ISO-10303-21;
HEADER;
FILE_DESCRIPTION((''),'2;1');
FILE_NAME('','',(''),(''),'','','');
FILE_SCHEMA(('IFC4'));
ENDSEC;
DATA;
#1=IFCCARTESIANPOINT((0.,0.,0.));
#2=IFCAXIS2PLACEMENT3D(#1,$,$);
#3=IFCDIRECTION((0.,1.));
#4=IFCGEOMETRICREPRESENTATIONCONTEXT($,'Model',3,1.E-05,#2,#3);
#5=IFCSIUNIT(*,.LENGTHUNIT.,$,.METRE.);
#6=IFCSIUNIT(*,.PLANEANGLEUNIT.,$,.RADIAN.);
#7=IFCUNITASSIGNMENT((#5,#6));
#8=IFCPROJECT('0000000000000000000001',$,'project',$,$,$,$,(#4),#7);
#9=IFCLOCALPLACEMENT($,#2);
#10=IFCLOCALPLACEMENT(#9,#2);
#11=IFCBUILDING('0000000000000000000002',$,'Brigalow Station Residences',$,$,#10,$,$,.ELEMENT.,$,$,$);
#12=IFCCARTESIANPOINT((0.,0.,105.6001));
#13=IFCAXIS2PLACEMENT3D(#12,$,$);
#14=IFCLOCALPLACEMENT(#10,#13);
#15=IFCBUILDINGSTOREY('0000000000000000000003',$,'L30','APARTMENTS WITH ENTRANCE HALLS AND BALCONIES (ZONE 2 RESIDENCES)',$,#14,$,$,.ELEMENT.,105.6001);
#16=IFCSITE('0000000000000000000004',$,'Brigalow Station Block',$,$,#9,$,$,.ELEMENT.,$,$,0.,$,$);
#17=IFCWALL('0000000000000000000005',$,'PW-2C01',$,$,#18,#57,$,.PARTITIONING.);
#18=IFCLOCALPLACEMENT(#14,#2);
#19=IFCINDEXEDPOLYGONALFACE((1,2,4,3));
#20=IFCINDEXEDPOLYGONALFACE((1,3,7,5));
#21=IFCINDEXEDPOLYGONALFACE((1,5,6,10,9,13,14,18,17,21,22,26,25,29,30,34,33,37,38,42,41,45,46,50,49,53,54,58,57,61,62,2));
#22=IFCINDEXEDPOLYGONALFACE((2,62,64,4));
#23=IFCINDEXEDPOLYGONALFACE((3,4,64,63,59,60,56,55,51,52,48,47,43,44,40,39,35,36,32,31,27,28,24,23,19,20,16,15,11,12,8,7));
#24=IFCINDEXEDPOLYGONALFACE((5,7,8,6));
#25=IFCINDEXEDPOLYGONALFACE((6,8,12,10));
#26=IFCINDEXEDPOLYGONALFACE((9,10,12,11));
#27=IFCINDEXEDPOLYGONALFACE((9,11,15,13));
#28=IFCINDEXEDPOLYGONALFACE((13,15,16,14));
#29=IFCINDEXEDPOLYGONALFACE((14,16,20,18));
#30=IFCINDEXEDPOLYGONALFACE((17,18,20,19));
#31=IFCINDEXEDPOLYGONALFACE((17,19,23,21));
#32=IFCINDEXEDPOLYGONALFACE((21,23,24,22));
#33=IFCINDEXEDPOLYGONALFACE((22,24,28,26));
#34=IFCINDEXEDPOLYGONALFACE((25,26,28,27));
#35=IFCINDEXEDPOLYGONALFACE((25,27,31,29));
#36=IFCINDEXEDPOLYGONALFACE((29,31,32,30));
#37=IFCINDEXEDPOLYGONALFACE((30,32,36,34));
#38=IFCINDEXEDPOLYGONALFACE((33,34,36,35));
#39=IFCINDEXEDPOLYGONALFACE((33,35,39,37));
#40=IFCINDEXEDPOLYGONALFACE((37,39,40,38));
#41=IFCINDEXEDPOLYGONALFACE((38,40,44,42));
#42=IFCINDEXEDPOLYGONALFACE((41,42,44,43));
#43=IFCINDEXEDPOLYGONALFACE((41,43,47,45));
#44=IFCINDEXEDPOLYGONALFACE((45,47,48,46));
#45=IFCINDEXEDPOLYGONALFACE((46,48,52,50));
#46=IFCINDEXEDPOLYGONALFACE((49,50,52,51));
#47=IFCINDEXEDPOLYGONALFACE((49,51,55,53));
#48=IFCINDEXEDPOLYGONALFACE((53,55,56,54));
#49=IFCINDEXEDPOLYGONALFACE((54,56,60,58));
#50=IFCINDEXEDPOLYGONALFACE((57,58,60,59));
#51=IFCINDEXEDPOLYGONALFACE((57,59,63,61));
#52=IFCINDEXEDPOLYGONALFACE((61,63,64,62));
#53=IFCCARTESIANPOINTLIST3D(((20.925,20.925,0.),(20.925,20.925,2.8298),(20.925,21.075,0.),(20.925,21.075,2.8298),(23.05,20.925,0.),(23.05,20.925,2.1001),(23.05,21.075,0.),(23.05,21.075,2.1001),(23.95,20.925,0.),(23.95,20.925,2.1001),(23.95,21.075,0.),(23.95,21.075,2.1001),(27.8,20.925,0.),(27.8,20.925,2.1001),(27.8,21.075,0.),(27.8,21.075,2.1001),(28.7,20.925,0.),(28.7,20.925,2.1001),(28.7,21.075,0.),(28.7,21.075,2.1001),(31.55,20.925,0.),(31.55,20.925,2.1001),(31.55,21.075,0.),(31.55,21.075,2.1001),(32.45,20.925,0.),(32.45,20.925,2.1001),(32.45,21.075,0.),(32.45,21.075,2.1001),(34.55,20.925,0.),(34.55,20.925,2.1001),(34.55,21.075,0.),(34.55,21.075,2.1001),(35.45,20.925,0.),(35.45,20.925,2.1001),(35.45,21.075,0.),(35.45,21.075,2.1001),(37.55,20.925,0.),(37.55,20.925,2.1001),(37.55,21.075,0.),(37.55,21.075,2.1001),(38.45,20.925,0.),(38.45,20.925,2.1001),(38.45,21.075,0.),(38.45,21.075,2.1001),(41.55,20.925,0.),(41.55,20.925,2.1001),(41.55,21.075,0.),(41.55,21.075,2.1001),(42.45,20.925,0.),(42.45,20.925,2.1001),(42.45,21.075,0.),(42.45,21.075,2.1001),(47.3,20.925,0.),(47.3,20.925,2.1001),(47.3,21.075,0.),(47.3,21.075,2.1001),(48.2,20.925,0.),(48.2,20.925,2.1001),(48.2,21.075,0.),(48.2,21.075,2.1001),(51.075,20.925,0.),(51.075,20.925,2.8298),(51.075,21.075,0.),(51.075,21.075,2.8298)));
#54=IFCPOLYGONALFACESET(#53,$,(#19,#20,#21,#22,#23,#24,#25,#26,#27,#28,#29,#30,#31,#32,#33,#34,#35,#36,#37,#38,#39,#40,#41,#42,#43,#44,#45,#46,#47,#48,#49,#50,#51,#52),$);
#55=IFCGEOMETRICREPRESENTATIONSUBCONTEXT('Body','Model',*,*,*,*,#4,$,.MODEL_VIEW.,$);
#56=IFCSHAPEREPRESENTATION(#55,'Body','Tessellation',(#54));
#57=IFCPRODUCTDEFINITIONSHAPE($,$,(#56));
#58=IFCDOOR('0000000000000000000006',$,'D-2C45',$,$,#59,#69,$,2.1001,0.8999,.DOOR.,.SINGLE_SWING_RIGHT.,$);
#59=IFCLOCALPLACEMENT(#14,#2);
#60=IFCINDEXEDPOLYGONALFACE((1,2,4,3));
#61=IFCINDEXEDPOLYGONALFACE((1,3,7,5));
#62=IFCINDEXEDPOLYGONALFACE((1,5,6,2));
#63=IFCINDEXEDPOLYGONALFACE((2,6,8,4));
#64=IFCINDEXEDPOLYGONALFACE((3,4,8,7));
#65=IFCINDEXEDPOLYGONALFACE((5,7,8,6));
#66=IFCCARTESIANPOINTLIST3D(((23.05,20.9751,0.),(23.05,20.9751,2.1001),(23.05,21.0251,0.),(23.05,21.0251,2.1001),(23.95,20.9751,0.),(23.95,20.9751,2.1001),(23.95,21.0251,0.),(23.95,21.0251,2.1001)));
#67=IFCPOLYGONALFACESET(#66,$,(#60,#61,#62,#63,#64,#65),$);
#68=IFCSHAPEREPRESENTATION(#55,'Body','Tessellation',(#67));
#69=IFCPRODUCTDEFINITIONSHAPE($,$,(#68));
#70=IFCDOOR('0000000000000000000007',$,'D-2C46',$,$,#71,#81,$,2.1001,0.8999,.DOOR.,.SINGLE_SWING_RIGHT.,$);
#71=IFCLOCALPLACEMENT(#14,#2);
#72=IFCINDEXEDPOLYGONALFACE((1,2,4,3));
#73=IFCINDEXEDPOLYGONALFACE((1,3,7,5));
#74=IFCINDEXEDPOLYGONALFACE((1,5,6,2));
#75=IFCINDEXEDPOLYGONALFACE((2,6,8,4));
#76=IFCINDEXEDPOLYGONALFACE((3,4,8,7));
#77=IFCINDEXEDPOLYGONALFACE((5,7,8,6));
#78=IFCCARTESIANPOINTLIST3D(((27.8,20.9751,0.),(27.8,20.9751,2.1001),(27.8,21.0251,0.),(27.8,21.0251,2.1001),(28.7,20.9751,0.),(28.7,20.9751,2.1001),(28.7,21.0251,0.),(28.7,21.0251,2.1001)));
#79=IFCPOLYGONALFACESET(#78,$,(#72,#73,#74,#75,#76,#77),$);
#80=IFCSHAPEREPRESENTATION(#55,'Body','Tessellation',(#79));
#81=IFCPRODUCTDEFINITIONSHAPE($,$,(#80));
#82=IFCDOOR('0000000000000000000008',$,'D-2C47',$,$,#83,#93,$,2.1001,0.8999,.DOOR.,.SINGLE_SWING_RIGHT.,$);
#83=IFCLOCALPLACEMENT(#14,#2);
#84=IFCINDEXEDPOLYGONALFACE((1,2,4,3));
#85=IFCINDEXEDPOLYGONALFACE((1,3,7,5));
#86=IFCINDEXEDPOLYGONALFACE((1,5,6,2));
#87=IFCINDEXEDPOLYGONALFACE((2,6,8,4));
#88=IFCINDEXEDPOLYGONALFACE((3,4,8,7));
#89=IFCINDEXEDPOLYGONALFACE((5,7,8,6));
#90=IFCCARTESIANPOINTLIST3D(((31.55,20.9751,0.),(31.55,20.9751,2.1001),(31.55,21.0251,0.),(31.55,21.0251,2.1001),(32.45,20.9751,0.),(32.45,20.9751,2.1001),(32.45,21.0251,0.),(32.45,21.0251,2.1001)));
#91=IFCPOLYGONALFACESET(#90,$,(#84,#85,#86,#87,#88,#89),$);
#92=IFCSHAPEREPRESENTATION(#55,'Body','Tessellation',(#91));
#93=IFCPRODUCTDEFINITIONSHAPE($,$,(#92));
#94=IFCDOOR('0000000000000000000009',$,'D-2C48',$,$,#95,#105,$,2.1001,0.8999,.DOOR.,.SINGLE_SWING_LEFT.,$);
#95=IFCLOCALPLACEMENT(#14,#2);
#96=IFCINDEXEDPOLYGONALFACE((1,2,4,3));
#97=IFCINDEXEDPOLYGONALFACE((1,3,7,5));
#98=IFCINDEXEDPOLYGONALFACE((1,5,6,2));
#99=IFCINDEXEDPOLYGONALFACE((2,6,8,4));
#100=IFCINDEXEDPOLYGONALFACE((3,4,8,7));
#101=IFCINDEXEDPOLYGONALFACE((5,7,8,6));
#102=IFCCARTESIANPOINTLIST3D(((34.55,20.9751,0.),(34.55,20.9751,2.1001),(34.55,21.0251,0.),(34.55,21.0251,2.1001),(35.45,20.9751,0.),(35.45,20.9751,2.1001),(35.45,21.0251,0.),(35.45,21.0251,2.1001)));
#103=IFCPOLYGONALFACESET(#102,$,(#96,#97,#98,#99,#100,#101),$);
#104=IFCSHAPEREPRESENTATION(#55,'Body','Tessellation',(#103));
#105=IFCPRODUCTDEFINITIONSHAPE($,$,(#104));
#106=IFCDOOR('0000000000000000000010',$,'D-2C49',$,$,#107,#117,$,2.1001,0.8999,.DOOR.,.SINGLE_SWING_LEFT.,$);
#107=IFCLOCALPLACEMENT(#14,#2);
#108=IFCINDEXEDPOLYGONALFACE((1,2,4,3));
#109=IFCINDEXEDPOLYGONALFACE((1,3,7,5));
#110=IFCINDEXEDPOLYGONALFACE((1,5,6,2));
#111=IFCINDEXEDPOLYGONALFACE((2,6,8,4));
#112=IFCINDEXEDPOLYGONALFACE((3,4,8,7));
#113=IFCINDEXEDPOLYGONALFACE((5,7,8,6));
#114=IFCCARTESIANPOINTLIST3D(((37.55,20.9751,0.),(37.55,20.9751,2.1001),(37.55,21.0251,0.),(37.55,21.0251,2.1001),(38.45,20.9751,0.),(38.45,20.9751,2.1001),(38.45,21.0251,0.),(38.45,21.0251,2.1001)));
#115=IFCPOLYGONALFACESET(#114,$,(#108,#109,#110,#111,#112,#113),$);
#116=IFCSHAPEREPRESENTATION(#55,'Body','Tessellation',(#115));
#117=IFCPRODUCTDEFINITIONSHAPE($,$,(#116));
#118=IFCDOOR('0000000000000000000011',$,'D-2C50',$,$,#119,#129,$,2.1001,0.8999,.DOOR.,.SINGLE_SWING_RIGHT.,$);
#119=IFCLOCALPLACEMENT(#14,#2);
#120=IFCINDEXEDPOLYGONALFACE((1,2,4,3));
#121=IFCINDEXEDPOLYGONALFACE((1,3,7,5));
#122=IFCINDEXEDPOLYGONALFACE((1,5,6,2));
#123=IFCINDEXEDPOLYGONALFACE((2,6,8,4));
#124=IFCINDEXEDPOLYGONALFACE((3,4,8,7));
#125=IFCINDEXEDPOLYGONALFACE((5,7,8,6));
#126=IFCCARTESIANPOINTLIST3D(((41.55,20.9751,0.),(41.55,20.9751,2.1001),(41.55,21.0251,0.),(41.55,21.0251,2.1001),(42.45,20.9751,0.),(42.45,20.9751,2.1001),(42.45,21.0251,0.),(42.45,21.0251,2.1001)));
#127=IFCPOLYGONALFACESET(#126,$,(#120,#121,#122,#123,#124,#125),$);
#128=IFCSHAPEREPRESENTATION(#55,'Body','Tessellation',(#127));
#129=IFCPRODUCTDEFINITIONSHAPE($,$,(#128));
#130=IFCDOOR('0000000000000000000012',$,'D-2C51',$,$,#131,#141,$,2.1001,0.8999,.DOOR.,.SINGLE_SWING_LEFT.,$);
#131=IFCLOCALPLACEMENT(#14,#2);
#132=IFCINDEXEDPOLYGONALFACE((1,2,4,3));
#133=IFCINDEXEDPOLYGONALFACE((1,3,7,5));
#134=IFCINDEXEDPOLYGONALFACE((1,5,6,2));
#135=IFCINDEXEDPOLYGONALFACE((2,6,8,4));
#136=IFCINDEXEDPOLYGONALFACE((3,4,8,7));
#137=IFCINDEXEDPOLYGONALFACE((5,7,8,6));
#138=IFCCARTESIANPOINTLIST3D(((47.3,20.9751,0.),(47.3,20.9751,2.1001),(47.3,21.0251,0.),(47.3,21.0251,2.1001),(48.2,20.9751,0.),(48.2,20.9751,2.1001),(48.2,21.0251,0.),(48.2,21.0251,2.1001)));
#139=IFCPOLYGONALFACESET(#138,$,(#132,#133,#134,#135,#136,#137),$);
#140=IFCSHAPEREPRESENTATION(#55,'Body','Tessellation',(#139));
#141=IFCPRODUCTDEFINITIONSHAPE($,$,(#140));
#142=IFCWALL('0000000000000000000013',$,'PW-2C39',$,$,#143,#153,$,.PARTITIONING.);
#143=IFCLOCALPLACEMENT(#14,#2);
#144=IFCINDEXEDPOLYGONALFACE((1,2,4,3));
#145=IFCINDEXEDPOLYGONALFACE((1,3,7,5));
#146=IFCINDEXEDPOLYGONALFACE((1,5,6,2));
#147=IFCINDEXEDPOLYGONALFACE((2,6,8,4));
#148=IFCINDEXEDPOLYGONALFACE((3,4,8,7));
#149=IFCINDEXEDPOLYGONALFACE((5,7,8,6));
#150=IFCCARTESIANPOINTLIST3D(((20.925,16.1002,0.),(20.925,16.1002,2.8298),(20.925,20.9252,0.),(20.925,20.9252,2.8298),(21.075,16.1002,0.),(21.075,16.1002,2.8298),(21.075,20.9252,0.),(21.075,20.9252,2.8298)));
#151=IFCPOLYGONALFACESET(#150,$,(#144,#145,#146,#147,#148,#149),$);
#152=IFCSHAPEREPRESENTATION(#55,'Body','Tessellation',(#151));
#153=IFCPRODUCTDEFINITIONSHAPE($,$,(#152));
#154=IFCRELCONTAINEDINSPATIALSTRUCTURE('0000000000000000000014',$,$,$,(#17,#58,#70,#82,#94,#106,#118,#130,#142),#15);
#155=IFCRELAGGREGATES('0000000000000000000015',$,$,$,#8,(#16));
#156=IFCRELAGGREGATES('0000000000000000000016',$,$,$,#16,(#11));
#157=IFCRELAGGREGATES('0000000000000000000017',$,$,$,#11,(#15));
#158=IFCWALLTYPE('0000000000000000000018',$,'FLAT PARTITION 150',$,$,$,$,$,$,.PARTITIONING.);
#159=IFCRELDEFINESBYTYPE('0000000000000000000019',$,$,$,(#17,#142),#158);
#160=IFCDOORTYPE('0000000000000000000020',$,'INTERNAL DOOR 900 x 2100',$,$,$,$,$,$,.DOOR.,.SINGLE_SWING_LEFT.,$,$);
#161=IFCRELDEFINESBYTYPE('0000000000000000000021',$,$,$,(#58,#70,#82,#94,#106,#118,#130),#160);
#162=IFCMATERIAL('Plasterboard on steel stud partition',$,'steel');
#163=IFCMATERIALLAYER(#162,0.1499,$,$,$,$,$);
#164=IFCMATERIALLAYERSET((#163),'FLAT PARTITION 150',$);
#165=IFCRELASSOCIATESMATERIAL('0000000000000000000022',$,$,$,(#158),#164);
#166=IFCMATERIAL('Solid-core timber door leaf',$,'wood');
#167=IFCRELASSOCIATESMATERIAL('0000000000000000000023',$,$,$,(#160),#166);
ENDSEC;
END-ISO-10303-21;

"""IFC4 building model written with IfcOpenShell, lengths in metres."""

from ifc_helpers import new_model, si_unit, direction, frame, frame_2d, origin, place, context, subcontext, project, spatial, rectangle, extrude, material, layer, layer_set, type_object, element, fill, save


model = new_model("IFC4")

# Units and contexts
model_context = context("Model", 3, precision=1e-05, world=origin(), true_north=direction((0.0, 1.0)))
body_context = subcontext(model_context, "Body", "Model", "MODEL_VIEW")
ifc_project = project(units=[si_unit("LENGTHUNIT", "METRE"), si_unit("PLANEANGLEUNIT", "RADIAN")], contexts=[model_context])

# Site, building, storey
site_placement = place(None, origin())
site = spatial("IfcSite", under=ifc_project, at=site_placement, Name="Brigalow Station Block", CompositionType="ELEMENT", RefElevation=0.0)
building_placement = place(site_placement, origin())
building = spatial("IfcBuilding", under=site, at=building_placement, Name="Brigalow Station Residences", CompositionType="ELEMENT")
storey_placement = place(building_placement, frame((0.0, 0.0, 105.6001)))
storey = spatial("IfcBuildingStorey", under=building, at=storey_placement, Name="L30", Description="APARTMENTS WITH ENTRANCE HALLS AND BALCONIES (ZONE 2 RESIDENCES)", CompositionType="ELEMENT", Elevation=105.6001)

# Wall, openings, doors
ifc_material_1 = material(Name="Plasterboard on steel stud partition", Category="steel")
ifc_layer_1 = layer(ifc_material_1, 0.1499)
ifc_layer_set_1 = layer_set([ifc_layer_1], Name="FLAT PARTITION 150")
wall_type_1 = type_object("IfcWallType", Name="FLAT PARTITION 150", PredefinedType="PARTITIONING", material=ifc_layer_set_1)
wall_1_placement = place(storey_placement, frame((20.925, 21.0, 0.0), z_axis=(0.0, 0.0, 1.0), x_axis=(1.0, 0.0, 0.0)))
wall_1 = element("IfcWall", 1, at=wall_1_placement, inside=storey, type_object=wall_type_1, Name="PW-2C01", PredefinedType="PARTITIONING", context=body_context, shape_type="SweptSolid", body=[
    extrude(rectangle(XDim=30.1499, YDim=0.1499, at=frame_2d((15.075, 0.0))), origin(), (0.0, 0.0, 1.0), 2.8298),
])
opening_1_placement = place(wall_1_placement, frame((2.125, 0.0, 0.0)))
opening_1 = element("IfcOpeningElement", 2, at=opening_1_placement, cuts=wall_1, PredefinedType="OPENING", context=body_context, shape_type="SweptSolid", body=[
    extrude(rectangle(XDim=0.8999, YDim=2.1001, at=frame_2d((0.45, 1.05))), frame((0.0, 0.085, 0.0), z_axis=(0.0, -1.0, 0.0), x_axis=(1.0, 0.0, 0.0)), (0.0, 0.0, 1.0), 0.1699),
])
opening_2_placement = place(wall_1_placement, frame((6.875, 0.0, 0.0)))
opening_2 = element("IfcOpeningElement", 3, at=opening_2_placement, cuts=wall_1, PredefinedType="OPENING", context=body_context, shape_type="SweptSolid", body=[
    extrude(rectangle(XDim=0.8999, YDim=2.1001, at=frame_2d((0.45, 1.05))), frame((0.0, 0.085, 0.0), z_axis=(0.0, -1.0, 0.0), x_axis=(1.0, 0.0, 0.0)), (0.0, 0.0, 1.0), 0.1699),
])
opening_3_placement = place(wall_1_placement, frame((10.625, 0.0, 0.0)))
opening_3 = element("IfcOpeningElement", 4, at=opening_3_placement, cuts=wall_1, PredefinedType="OPENING", context=body_context, shape_type="SweptSolid", body=[
    extrude(rectangle(XDim=0.8999, YDim=2.1001, at=frame_2d((0.45, 1.05))), frame((0.0, 0.085, 0.0), z_axis=(0.0, -1.0, 0.0), x_axis=(1.0, 0.0, 0.0)), (0.0, 0.0, 1.0), 0.1699),
])
opening_4_placement = place(wall_1_placement, frame((13.625, 0.0, 0.0)))
opening_4 = element("IfcOpeningElement", 5, at=opening_4_placement, cuts=wall_1, PredefinedType="OPENING", context=body_context, shape_type="SweptSolid", body=[
    extrude(rectangle(XDim=0.8999, YDim=2.1001, at=frame_2d((0.45, 1.05))), frame((0.0, 0.085, 0.0), z_axis=(0.0, -1.0, 0.0), x_axis=(1.0, 0.0, 0.0)), (0.0, 0.0, 1.0), 0.1699),
])
opening_5_placement = place(wall_1_placement, frame((16.625, 0.0, 0.0)))
opening_5 = element("IfcOpeningElement", 6, at=opening_5_placement, cuts=wall_1, PredefinedType="OPENING", context=body_context, shape_type="SweptSolid", body=[
    extrude(rectangle(XDim=0.8999, YDim=2.1001, at=frame_2d((0.45, 1.05))), frame((0.0, 0.085, 0.0), z_axis=(0.0, -1.0, 0.0), x_axis=(1.0, 0.0, 0.0)), (0.0, 0.0, 1.0), 0.1699),
])
opening_6_placement = place(wall_1_placement, frame((20.625, 0.0, 0.0)))
opening_6 = element("IfcOpeningElement", 7, at=opening_6_placement, cuts=wall_1, PredefinedType="OPENING", context=body_context, shape_type="SweptSolid", body=[
    extrude(rectangle(XDim=0.8999, YDim=2.1001, at=frame_2d((0.45, 1.05))), frame((0.0, 0.085, 0.0), z_axis=(0.0, -1.0, 0.0), x_axis=(1.0, 0.0, 0.0)), (0.0, 0.0, 1.0), 0.1699),
])
opening_7_placement = place(wall_1_placement, frame((26.375, 0.0, 0.0)))
opening_7 = element("IfcOpeningElement", 8, at=opening_7_placement, cuts=wall_1, PredefinedType="OPENING", context=body_context, shape_type="SweptSolid", body=[
    extrude(rectangle(XDim=0.8999, YDim=2.1001, at=frame_2d((0.45, 1.05))), frame((0.0, 0.085, 0.0), z_axis=(0.0, -1.0, 0.0), x_axis=(1.0, 0.0, 0.0)), (0.0, 0.0, 1.0), 0.1699),
])
ifc_material_2 = material(Name="Solid-core timber door leaf", Category="wood")
door_type_1 = type_object("IfcDoorType", Name="INTERNAL DOOR 900 x 2100", OperationType="SINGLE_SWING_LEFT", PredefinedType="DOOR", material=ifc_material_2)
door_1_placement = place(opening_1_placement, frame((0.8999, 0.0, 0.0), z_axis=(0.0, 0.0, 1.0), x_axis=(-1.0, 0.0, 0.0)))
door_1 = element("IfcDoor", 9, at=door_1_placement, inside=storey, type_object=door_type_1, Name="D-2C45", OperationType="SINGLE_SWING_RIGHT", OverallHeight=2.1001, OverallWidth=0.8999, PredefinedType="DOOR", context=body_context, shape_type="SweptSolid", body=[
    extrude(rectangle(XDim=0.8999, YDim=2.1001, at=frame_2d((0.45, 1.05))), frame((0.0, 0.0249, 0.0), z_axis=(0.0, -1.0, 0.0), x_axis=(1.0, 0.0, 0.0)), (0.0, 0.0, 1.0), 0.05),
])
fill(opening_1, door_1)
door_2_placement = place(opening_2_placement, frame((0.8999, 0.0, 0.0), z_axis=(0.0, 0.0, 1.0), x_axis=(-1.0, 0.0, 0.0)))
door_2 = element("IfcDoor", 10, at=door_2_placement, inside=storey, type_object=door_type_1, Name="D-2C46", OperationType="SINGLE_SWING_RIGHT", OverallHeight=2.1001, OverallWidth=0.8999, PredefinedType="DOOR", context=body_context, shape_type="SweptSolid", body=[
    extrude(rectangle(XDim=0.8999, YDim=2.1001, at=frame_2d((0.45, 1.05))), frame((0.0, 0.0249, 0.0), z_axis=(0.0, -1.0, 0.0), x_axis=(1.0, 0.0, 0.0)), (0.0, 0.0, 1.0), 0.05),
])
fill(opening_2, door_2)
door_3_placement = place(opening_3_placement, frame((0.8999, 0.0, 0.0), z_axis=(0.0, 0.0, 1.0), x_axis=(-1.0, 0.0, 0.0)))
door_3 = element("IfcDoor", 11, at=door_3_placement, inside=storey, type_object=door_type_1, Name="D-2C47", OperationType="SINGLE_SWING_RIGHT", OverallHeight=2.1001, OverallWidth=0.8999, PredefinedType="DOOR", context=body_context, shape_type="SweptSolid", body=[
    extrude(rectangle(XDim=0.8999, YDim=2.1001, at=frame_2d((0.45, 1.05))), frame((0.0, 0.0249, 0.0), z_axis=(0.0, -1.0, 0.0), x_axis=(1.0, 0.0, 0.0)), (0.0, 0.0, 1.0), 0.05),
])
fill(opening_3, door_3)
door_4_placement = place(opening_4_placement, frame((0.8999, 0.0, 0.0), z_axis=(0.0, 0.0, 1.0), x_axis=(-1.0, 0.0, 0.0)))
door_4 = element("IfcDoor", 12, at=door_4_placement, inside=storey, type_object=door_type_1, Name="D-2C48", OperationType="SINGLE_SWING_LEFT", OverallHeight=2.1001, OverallWidth=0.8999, PredefinedType="DOOR", context=body_context, shape_type="SweptSolid", body=[
    extrude(rectangle(XDim=0.8999, YDim=2.1001, at=frame_2d((0.45, 1.05))), frame((0.0, 0.0249, 0.0), z_axis=(0.0, -1.0, 0.0), x_axis=(1.0, 0.0, 0.0)), (0.0, 0.0, 1.0), 0.05),
])
fill(opening_4, door_4)
door_5_placement = place(opening_5_placement, frame((0.8999, 0.0, 0.0), z_axis=(0.0, 0.0, 1.0), x_axis=(-1.0, 0.0, 0.0)))
door_5 = element("IfcDoor", 13, at=door_5_placement, inside=storey, type_object=door_type_1, Name="D-2C49", OperationType="SINGLE_SWING_LEFT", OverallHeight=2.1001, OverallWidth=0.8999, PredefinedType="DOOR", context=body_context, shape_type="SweptSolid", body=[
    extrude(rectangle(XDim=0.8999, YDim=2.1001, at=frame_2d((0.45, 1.05))), frame((0.0, 0.0249, 0.0), z_axis=(0.0, -1.0, 0.0), x_axis=(1.0, 0.0, 0.0)), (0.0, 0.0, 1.0), 0.05),
])
fill(opening_5, door_5)
door_6_placement = place(opening_6_placement, frame((0.8999, 0.0, 0.0), z_axis=(0.0, 0.0, 1.0), x_axis=(-1.0, 0.0, 0.0)))
door_6 = element("IfcDoor", 14, at=door_6_placement, inside=storey, type_object=door_type_1, Name="D-2C50", OperationType="SINGLE_SWING_RIGHT", OverallHeight=2.1001, OverallWidth=0.8999, PredefinedType="DOOR", context=body_context, shape_type="SweptSolid", body=[
    extrude(rectangle(XDim=0.8999, YDim=2.1001, at=frame_2d((0.45, 1.05))), frame((0.0, 0.0249, 0.0), z_axis=(0.0, -1.0, 0.0), x_axis=(1.0, 0.0, 0.0)), (0.0, 0.0, 1.0), 0.05),
])
fill(opening_6, door_6)
door_7_placement = place(opening_7_placement, frame((0.8999, 0.0, 0.0), z_axis=(0.0, 0.0, 1.0), x_axis=(-1.0, 0.0, 0.0)))
door_7 = element("IfcDoor", 15, at=door_7_placement, inside=storey, type_object=door_type_1, Name="D-2C51", OperationType="SINGLE_SWING_LEFT", OverallHeight=2.1001, OverallWidth=0.8999, PredefinedType="DOOR", context=body_context, shape_type="SweptSolid", body=[
    extrude(rectangle(XDim=0.8999, YDim=2.1001, at=frame_2d((0.45, 1.05))), frame((0.0, 0.0249, 0.0), z_axis=(0.0, -1.0, 0.0), x_axis=(1.0, 0.0, 0.0)), (0.0, 0.0, 1.0), 0.05),
])
fill(opening_7, door_7)

# Wall
wall_2_placement = place(storey_placement, frame((21.0, 16.1001, 0.0), z_axis=(0.0, 0.0, 1.0), x_axis=(0.0, 1.0, 0.0)))
element("IfcWall", 16, at=wall_2_placement, inside=storey, type_object=wall_type_1, Name="PW-2C39", PredefinedType="PARTITIONING", context=body_context, shape_type="SweptSolid", body=[
    extrude(rectangle(XDim=4.825, YDim=0.1499, at=frame_2d((2.4126, 0.0))), origin(), (0.0, 0.0, 1.0), 2.8298),
])

save(model, "model.ifc")
